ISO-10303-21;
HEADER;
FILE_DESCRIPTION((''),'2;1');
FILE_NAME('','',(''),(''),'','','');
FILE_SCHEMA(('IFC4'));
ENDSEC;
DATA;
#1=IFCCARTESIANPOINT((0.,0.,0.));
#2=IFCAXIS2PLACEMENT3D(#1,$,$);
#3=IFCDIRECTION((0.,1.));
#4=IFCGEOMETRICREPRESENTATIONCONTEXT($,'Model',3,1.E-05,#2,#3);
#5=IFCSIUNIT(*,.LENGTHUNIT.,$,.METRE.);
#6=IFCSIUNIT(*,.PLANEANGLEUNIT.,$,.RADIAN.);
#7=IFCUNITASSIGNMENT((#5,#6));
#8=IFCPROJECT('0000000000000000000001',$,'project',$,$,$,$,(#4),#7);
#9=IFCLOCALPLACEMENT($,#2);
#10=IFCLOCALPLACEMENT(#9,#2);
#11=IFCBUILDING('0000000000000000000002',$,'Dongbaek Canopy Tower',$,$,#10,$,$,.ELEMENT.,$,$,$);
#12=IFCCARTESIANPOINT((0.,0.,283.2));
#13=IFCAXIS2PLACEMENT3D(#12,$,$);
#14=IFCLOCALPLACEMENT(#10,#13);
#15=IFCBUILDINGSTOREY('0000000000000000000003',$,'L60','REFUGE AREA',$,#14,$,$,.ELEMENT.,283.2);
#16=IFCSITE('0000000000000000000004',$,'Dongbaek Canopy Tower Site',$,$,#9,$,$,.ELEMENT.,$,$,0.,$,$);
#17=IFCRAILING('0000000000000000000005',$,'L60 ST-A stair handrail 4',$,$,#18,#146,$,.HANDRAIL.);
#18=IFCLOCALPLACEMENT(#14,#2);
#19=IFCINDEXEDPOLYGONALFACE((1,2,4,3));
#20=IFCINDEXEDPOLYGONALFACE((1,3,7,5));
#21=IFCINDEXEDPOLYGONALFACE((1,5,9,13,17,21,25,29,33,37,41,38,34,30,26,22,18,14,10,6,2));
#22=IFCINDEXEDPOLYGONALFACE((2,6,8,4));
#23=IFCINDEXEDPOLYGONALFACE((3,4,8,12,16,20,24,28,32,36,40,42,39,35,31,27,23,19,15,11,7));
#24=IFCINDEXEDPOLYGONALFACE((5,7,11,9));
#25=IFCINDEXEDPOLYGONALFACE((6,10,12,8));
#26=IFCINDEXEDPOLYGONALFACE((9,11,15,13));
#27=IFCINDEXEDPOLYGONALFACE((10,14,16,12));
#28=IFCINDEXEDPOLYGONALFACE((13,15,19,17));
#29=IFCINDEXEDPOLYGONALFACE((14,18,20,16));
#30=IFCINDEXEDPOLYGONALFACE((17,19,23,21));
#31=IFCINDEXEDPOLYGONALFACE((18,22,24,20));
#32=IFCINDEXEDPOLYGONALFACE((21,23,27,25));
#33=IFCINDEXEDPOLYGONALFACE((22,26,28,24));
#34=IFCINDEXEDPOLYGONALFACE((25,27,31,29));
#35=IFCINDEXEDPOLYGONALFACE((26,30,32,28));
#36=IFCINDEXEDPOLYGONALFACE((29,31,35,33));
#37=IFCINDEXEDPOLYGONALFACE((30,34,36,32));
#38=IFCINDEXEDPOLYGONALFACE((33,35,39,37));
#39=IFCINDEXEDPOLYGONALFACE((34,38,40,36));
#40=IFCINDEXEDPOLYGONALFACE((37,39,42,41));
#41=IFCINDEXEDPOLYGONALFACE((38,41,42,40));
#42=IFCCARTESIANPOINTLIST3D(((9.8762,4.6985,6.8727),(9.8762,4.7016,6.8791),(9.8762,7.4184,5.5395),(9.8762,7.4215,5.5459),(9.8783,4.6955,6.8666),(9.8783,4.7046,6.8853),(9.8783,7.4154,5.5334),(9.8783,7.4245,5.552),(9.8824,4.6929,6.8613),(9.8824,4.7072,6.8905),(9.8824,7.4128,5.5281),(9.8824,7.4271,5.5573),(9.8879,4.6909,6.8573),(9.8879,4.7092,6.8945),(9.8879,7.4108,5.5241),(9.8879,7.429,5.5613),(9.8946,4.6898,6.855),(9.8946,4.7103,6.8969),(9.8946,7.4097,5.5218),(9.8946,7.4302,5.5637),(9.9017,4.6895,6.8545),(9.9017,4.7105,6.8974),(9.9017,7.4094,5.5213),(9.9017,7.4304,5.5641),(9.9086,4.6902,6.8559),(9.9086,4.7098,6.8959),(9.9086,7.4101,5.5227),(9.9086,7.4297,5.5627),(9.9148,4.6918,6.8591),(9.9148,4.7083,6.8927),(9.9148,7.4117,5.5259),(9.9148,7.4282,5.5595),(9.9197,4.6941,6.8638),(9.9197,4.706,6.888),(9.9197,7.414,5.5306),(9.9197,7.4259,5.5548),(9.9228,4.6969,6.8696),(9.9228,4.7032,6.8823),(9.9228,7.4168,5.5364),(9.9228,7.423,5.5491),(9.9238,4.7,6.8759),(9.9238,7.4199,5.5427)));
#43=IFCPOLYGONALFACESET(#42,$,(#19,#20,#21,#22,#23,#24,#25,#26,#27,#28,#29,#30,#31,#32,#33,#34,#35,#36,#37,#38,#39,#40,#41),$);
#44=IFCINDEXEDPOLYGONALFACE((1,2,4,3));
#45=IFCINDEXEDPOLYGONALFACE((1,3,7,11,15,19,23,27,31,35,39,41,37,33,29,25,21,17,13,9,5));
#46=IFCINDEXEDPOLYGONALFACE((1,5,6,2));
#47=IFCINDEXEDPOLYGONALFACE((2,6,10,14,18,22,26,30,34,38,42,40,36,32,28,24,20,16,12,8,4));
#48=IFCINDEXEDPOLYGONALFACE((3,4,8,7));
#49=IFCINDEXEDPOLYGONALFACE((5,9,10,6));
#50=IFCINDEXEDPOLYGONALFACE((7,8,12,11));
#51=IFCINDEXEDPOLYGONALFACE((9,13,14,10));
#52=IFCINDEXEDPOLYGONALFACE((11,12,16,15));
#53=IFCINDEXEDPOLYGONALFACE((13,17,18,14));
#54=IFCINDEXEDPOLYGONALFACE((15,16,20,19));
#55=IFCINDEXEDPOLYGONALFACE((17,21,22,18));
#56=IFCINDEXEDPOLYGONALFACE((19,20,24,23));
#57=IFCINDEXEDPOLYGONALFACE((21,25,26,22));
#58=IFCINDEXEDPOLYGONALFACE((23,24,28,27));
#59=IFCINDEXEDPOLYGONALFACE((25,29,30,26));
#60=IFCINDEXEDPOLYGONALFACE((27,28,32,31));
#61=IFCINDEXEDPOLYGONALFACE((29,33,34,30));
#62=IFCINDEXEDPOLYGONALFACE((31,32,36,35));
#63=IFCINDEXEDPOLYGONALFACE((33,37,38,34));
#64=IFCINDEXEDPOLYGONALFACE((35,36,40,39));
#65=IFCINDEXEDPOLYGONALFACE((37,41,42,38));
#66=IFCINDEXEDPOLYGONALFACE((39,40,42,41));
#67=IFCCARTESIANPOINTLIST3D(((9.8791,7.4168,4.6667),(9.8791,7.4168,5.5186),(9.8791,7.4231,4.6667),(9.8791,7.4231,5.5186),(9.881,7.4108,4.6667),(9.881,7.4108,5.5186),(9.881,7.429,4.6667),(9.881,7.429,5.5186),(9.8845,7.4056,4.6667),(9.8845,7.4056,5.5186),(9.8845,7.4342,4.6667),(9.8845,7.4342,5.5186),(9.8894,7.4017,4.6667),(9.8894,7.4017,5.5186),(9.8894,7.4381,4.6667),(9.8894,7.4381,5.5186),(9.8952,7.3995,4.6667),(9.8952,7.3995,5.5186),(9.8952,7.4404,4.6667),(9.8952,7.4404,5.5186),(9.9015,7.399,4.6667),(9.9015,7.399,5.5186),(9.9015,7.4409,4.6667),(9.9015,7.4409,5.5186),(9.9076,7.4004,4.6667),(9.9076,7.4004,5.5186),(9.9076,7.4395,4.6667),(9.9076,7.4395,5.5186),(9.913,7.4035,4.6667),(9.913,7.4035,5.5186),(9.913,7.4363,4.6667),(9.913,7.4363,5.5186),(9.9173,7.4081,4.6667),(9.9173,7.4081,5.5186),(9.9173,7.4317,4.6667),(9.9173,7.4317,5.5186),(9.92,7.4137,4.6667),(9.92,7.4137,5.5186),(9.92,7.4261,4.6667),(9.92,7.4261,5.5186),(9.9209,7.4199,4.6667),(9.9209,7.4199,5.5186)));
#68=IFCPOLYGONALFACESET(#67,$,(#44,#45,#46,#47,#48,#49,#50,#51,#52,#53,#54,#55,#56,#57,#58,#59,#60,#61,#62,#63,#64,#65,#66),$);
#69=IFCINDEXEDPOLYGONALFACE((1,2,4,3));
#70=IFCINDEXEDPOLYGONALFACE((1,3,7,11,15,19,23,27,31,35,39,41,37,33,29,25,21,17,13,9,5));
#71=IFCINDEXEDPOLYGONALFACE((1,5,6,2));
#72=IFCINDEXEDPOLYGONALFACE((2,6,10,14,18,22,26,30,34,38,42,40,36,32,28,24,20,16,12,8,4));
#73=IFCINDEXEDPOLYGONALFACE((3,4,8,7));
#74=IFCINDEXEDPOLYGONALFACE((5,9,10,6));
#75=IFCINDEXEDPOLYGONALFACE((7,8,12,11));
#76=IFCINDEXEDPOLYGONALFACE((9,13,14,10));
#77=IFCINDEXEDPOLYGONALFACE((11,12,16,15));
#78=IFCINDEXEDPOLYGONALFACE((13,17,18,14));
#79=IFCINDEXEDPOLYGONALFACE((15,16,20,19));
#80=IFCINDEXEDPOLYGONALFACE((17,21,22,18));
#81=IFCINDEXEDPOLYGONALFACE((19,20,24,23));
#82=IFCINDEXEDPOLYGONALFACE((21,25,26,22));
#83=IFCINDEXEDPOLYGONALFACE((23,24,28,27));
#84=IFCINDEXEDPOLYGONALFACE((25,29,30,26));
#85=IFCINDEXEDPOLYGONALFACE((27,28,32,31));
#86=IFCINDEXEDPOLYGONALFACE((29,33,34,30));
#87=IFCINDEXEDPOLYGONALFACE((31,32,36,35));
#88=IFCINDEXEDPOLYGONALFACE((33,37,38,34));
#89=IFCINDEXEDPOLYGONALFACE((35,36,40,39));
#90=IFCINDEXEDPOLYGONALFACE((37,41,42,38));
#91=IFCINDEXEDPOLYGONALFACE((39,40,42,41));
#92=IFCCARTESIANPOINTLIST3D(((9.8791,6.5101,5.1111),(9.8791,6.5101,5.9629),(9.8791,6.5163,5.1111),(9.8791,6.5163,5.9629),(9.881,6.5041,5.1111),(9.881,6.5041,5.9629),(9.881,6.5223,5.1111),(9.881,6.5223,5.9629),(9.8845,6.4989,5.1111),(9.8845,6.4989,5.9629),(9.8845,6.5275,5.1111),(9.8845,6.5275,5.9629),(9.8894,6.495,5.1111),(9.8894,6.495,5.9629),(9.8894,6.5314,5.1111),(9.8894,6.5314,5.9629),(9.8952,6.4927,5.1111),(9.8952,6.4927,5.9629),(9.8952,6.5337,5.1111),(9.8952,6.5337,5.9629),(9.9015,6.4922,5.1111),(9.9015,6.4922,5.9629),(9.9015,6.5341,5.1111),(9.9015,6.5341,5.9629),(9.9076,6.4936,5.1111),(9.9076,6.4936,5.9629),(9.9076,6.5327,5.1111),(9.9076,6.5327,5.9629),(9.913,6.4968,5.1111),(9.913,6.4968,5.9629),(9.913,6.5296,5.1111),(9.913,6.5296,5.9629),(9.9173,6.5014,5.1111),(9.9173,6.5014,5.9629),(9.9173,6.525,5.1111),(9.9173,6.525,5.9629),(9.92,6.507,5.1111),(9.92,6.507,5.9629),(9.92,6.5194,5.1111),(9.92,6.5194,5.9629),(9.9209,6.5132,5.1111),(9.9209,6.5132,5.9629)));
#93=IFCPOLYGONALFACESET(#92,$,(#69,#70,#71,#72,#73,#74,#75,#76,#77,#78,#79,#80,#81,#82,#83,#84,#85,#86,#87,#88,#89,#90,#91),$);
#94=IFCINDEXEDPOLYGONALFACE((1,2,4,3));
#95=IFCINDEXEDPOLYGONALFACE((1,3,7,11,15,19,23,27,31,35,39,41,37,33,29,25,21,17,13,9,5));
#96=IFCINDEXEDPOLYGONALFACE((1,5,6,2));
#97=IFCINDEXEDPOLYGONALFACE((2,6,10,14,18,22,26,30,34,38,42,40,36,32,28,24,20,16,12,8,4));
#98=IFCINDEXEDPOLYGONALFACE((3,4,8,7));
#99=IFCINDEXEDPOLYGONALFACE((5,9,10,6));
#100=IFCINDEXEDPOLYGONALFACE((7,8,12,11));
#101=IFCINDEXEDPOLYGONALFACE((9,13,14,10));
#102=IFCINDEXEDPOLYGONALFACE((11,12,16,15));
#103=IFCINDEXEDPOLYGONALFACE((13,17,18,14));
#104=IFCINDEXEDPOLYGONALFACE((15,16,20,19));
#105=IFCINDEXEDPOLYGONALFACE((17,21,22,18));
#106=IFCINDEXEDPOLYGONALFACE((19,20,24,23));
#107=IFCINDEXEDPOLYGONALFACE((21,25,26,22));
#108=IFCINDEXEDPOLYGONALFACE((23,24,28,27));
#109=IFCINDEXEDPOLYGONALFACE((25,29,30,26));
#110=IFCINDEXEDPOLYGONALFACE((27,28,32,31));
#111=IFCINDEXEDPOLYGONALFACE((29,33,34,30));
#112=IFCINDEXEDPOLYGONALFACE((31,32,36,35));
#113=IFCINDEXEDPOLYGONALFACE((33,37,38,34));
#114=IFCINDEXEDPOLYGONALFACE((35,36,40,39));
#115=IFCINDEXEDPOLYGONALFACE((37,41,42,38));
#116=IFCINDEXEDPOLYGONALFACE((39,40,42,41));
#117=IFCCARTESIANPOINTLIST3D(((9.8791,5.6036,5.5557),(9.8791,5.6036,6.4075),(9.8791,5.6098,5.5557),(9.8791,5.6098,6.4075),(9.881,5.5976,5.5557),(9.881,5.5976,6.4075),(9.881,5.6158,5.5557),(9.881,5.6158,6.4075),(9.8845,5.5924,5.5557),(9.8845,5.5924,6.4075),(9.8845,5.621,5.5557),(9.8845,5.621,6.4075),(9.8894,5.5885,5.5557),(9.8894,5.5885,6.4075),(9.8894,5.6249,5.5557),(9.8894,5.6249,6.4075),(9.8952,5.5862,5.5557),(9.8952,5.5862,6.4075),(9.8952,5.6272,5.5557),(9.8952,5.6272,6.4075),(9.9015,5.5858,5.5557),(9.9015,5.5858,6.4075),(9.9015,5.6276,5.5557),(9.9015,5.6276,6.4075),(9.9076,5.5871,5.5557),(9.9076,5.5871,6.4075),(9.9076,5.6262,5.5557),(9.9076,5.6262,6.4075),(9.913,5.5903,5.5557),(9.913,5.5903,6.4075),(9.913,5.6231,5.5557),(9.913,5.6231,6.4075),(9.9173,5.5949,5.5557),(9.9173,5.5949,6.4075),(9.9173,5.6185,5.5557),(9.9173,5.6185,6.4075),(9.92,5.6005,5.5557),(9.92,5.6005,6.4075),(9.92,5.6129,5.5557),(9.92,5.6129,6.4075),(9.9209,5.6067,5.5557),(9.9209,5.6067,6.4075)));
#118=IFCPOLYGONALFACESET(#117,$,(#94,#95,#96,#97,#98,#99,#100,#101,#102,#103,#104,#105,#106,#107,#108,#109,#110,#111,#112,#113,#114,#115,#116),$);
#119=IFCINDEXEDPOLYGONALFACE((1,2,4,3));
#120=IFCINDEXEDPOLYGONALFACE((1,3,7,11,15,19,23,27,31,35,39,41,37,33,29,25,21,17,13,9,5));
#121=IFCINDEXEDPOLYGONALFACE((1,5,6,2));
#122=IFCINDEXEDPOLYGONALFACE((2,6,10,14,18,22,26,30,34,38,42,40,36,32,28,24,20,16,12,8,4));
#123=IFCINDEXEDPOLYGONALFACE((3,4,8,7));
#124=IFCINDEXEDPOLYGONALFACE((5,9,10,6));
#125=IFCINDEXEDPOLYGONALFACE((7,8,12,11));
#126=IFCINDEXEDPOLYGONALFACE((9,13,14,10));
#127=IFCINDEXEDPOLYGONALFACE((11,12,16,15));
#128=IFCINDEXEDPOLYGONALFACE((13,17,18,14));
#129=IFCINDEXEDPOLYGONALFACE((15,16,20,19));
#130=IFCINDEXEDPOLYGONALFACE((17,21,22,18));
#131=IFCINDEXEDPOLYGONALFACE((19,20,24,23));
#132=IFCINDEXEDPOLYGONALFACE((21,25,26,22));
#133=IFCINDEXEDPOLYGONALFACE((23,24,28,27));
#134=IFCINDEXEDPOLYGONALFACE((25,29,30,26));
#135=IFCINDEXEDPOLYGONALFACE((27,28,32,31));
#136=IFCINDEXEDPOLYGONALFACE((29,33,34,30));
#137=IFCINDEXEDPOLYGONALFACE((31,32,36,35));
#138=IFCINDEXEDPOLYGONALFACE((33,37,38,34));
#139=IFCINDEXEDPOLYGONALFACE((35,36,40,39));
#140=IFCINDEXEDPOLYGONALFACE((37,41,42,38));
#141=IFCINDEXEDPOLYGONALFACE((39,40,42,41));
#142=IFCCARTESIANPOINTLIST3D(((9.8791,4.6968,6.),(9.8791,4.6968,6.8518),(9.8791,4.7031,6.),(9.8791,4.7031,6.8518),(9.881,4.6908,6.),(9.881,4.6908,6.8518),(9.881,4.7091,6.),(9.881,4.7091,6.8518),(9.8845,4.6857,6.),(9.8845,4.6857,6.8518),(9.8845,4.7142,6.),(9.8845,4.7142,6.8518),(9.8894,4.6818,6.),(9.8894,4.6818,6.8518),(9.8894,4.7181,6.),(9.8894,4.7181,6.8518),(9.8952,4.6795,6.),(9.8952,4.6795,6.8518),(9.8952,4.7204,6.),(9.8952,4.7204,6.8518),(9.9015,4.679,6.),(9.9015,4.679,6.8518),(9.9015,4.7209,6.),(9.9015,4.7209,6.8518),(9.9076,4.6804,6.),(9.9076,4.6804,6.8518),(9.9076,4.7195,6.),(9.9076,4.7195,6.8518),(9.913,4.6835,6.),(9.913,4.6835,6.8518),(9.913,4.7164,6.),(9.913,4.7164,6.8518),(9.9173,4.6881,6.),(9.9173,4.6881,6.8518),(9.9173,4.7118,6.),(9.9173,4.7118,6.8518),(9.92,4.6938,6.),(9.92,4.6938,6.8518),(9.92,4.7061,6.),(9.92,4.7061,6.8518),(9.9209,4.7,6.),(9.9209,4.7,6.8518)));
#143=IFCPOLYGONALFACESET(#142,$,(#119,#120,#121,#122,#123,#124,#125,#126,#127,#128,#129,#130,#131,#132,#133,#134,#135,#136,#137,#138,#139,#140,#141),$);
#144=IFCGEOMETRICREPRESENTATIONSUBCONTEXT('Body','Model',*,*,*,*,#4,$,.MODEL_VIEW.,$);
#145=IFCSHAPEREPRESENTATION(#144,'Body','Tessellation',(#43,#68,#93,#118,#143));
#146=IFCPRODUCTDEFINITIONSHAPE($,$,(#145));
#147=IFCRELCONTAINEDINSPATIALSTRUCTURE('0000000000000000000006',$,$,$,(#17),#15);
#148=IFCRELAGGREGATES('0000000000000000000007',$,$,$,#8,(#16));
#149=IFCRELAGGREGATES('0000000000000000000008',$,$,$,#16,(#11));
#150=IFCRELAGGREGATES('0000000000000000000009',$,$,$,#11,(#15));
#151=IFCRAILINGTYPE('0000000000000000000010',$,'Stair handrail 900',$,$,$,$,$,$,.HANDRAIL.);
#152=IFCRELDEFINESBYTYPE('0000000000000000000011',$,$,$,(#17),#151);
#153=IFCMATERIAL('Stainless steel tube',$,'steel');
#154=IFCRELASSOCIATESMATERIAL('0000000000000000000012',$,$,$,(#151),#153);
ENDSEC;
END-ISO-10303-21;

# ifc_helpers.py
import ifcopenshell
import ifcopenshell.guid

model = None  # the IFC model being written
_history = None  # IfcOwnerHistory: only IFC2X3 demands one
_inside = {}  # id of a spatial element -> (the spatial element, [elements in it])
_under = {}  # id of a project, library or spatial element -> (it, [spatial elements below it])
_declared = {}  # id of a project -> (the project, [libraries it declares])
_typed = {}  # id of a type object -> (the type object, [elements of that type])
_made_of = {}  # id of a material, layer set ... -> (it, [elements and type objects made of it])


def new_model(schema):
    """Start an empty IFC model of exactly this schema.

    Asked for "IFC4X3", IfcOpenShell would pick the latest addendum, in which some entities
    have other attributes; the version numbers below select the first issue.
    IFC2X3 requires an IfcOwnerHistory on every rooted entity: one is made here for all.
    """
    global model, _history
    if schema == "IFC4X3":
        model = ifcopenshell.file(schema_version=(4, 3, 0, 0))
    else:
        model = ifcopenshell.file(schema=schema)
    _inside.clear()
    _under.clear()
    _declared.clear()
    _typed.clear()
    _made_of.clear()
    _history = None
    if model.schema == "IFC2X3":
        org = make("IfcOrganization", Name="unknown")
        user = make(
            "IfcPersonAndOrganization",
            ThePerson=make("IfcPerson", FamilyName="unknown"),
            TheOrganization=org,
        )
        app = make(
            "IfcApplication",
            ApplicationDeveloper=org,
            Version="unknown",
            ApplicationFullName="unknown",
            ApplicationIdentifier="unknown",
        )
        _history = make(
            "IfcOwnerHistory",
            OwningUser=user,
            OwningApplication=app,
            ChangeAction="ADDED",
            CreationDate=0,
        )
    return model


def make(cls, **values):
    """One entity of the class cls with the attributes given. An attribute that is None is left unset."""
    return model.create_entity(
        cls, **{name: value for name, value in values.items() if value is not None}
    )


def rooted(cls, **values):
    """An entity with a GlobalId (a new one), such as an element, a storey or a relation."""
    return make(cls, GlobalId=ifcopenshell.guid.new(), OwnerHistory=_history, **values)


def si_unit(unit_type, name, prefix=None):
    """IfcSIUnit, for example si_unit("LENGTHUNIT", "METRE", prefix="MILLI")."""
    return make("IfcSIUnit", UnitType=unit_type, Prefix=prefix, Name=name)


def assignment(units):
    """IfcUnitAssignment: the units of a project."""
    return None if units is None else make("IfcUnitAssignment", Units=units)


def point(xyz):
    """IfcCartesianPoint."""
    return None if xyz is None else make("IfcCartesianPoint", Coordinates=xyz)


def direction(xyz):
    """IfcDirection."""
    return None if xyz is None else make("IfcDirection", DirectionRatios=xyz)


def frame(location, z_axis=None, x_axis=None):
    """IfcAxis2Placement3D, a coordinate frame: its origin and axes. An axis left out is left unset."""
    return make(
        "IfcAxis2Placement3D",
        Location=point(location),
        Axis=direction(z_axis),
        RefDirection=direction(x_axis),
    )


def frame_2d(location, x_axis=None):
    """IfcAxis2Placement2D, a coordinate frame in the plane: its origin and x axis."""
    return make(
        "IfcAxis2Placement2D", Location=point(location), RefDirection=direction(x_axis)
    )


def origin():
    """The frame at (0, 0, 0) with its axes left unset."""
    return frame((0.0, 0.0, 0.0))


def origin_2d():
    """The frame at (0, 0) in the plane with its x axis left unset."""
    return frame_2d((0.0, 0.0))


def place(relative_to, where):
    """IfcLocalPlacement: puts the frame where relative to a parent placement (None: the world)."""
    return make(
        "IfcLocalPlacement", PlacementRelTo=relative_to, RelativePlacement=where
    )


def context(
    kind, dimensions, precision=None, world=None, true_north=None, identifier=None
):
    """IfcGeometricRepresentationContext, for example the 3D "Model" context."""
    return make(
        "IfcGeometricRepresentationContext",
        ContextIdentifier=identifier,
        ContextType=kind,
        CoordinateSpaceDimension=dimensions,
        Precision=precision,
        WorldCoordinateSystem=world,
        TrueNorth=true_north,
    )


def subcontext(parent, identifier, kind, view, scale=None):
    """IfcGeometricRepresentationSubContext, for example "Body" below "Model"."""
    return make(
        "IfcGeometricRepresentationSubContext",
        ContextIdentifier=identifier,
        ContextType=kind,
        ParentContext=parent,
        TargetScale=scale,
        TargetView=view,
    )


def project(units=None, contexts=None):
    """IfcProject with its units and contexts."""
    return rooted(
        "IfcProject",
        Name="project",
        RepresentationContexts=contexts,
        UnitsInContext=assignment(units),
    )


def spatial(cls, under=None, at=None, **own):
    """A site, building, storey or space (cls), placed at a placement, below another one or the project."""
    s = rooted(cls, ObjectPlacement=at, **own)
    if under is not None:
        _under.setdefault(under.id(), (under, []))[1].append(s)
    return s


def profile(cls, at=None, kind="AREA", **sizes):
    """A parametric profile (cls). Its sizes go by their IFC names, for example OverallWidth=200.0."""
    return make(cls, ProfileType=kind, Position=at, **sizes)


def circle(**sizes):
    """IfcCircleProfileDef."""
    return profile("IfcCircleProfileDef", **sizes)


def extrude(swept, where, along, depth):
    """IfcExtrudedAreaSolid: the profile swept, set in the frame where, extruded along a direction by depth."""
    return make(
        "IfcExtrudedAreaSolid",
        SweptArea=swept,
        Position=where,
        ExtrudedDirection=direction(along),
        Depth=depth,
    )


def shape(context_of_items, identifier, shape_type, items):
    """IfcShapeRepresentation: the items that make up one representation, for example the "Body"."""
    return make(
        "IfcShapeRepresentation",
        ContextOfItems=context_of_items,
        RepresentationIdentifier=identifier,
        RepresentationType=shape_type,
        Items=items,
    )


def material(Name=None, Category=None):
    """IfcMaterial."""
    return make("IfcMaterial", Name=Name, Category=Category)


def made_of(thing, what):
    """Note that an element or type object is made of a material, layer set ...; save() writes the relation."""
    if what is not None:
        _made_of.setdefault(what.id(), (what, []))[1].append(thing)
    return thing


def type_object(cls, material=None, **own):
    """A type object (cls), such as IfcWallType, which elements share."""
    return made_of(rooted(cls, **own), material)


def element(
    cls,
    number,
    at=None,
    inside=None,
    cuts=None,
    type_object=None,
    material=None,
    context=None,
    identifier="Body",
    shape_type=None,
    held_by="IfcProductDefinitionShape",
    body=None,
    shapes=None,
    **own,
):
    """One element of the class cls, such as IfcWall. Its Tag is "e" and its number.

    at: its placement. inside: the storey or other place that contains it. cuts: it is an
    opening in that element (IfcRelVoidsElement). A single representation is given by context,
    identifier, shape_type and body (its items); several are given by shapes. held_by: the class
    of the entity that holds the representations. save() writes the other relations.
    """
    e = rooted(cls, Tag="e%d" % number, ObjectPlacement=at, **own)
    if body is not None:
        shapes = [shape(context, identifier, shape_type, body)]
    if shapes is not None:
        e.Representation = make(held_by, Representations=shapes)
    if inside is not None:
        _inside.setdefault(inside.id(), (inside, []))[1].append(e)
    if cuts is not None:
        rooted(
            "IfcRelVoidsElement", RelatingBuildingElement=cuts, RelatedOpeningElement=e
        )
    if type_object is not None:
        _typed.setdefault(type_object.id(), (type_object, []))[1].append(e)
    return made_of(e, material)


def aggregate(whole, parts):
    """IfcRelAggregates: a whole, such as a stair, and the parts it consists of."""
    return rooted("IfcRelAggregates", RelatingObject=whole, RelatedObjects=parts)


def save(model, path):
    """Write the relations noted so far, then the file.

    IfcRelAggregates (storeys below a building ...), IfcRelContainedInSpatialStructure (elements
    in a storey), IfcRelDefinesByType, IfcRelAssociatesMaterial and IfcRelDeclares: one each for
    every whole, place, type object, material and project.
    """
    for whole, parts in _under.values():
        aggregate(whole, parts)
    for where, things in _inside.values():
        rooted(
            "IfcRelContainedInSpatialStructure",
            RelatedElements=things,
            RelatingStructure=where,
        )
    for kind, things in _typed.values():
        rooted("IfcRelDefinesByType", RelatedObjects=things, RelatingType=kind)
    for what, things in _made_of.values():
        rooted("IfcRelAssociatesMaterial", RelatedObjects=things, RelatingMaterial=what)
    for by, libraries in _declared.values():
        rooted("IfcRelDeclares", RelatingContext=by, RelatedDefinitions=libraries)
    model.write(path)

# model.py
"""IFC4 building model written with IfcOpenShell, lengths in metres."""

from ifc_helpers import new_model, si_unit, direction, frame, origin, origin_2d, place, context, subcontext, project, spatial, circle, extrude, material, type_object, element, save


model = new_model("IFC4")

# Units and contexts
model_context = context("Model", 3, precision=1e-05, world=origin(), true_north=direction((0.0, 1.0)))
body_context = subcontext(model_context, "Body", "Model", "MODEL_VIEW")
ifc_project = project(units=[si_unit("LENGTHUNIT", "METRE"), si_unit("PLANEANGLEUNIT", "RADIAN")], contexts=[model_context])

# Site, building, storey
site_placement = place(None, origin())
site = spatial("IfcSite", under=ifc_project, at=site_placement, Name="Dongbaek Canopy Tower Site", CompositionType="ELEMENT", RefElevation=0.0)
building_placement = place(site_placement, origin())
building = spatial("IfcBuilding", under=site, at=building_placement, Name="Dongbaek Canopy Tower", CompositionType="ELEMENT")
storey_placement = place(building_placement, frame((0.0, 0.0, 283.2)))
storey = spatial("IfcBuildingStorey", under=building, at=storey_placement, Name="L60", Description="REFUGE AREA", CompositionType="ELEMENT", Elevation=283.2)

# Railing
ifc_material_1 = material(Name="Stainless steel tube", Category="steel")
railing_type_1 = type_object("IfcRailingType", Name="Stair handrail 900", PredefinedType="HANDRAIL", material=ifc_material_1)
for number, where, name in (
    (1, (9.8999, 7.4199, 4.6667), "L60 ST-A stair handrail 4"),
):
    element("IfcRailing", number, at=place(storey_placement, frame(where)), inside=storey, type_object=railing_type_1, Name=name, PredefinedType="HANDRAIL", context=body_context, shape_type="SweptSolid", body=[
        extrude(circle(Radius=0.0239, at=origin_2d()), frame((0.0, 0.0, 0.876), z_axis=(0.0, -0.897929, 0.440139), x_axis=(1.0, 0.0, 0.0)), (0.0, 0.0, 1.0), 3.0291),
        extrude(circle(Radius=0.021, at=origin_2d()), origin(), (0.0, 0.0, 1.0), 0.8518),
        extrude(circle(Radius=0.021, at=origin_2d()), frame((0.0, -0.9067, 0.4443)), (0.0, 0.0, 1.0), 0.8518),
        extrude(circle(Radius=0.021, at=origin_2d()), frame((0.0, -1.8132, 0.8889)), (0.0, 0.0, 1.0), 0.8518),
        extrude(circle(Radius=0.021, at=origin_2d()), frame((0.0, -2.72, 1.3333)), (0.0, 0.0, 1.0), 0.8518),
    ])

save(model, "model.ifc")
